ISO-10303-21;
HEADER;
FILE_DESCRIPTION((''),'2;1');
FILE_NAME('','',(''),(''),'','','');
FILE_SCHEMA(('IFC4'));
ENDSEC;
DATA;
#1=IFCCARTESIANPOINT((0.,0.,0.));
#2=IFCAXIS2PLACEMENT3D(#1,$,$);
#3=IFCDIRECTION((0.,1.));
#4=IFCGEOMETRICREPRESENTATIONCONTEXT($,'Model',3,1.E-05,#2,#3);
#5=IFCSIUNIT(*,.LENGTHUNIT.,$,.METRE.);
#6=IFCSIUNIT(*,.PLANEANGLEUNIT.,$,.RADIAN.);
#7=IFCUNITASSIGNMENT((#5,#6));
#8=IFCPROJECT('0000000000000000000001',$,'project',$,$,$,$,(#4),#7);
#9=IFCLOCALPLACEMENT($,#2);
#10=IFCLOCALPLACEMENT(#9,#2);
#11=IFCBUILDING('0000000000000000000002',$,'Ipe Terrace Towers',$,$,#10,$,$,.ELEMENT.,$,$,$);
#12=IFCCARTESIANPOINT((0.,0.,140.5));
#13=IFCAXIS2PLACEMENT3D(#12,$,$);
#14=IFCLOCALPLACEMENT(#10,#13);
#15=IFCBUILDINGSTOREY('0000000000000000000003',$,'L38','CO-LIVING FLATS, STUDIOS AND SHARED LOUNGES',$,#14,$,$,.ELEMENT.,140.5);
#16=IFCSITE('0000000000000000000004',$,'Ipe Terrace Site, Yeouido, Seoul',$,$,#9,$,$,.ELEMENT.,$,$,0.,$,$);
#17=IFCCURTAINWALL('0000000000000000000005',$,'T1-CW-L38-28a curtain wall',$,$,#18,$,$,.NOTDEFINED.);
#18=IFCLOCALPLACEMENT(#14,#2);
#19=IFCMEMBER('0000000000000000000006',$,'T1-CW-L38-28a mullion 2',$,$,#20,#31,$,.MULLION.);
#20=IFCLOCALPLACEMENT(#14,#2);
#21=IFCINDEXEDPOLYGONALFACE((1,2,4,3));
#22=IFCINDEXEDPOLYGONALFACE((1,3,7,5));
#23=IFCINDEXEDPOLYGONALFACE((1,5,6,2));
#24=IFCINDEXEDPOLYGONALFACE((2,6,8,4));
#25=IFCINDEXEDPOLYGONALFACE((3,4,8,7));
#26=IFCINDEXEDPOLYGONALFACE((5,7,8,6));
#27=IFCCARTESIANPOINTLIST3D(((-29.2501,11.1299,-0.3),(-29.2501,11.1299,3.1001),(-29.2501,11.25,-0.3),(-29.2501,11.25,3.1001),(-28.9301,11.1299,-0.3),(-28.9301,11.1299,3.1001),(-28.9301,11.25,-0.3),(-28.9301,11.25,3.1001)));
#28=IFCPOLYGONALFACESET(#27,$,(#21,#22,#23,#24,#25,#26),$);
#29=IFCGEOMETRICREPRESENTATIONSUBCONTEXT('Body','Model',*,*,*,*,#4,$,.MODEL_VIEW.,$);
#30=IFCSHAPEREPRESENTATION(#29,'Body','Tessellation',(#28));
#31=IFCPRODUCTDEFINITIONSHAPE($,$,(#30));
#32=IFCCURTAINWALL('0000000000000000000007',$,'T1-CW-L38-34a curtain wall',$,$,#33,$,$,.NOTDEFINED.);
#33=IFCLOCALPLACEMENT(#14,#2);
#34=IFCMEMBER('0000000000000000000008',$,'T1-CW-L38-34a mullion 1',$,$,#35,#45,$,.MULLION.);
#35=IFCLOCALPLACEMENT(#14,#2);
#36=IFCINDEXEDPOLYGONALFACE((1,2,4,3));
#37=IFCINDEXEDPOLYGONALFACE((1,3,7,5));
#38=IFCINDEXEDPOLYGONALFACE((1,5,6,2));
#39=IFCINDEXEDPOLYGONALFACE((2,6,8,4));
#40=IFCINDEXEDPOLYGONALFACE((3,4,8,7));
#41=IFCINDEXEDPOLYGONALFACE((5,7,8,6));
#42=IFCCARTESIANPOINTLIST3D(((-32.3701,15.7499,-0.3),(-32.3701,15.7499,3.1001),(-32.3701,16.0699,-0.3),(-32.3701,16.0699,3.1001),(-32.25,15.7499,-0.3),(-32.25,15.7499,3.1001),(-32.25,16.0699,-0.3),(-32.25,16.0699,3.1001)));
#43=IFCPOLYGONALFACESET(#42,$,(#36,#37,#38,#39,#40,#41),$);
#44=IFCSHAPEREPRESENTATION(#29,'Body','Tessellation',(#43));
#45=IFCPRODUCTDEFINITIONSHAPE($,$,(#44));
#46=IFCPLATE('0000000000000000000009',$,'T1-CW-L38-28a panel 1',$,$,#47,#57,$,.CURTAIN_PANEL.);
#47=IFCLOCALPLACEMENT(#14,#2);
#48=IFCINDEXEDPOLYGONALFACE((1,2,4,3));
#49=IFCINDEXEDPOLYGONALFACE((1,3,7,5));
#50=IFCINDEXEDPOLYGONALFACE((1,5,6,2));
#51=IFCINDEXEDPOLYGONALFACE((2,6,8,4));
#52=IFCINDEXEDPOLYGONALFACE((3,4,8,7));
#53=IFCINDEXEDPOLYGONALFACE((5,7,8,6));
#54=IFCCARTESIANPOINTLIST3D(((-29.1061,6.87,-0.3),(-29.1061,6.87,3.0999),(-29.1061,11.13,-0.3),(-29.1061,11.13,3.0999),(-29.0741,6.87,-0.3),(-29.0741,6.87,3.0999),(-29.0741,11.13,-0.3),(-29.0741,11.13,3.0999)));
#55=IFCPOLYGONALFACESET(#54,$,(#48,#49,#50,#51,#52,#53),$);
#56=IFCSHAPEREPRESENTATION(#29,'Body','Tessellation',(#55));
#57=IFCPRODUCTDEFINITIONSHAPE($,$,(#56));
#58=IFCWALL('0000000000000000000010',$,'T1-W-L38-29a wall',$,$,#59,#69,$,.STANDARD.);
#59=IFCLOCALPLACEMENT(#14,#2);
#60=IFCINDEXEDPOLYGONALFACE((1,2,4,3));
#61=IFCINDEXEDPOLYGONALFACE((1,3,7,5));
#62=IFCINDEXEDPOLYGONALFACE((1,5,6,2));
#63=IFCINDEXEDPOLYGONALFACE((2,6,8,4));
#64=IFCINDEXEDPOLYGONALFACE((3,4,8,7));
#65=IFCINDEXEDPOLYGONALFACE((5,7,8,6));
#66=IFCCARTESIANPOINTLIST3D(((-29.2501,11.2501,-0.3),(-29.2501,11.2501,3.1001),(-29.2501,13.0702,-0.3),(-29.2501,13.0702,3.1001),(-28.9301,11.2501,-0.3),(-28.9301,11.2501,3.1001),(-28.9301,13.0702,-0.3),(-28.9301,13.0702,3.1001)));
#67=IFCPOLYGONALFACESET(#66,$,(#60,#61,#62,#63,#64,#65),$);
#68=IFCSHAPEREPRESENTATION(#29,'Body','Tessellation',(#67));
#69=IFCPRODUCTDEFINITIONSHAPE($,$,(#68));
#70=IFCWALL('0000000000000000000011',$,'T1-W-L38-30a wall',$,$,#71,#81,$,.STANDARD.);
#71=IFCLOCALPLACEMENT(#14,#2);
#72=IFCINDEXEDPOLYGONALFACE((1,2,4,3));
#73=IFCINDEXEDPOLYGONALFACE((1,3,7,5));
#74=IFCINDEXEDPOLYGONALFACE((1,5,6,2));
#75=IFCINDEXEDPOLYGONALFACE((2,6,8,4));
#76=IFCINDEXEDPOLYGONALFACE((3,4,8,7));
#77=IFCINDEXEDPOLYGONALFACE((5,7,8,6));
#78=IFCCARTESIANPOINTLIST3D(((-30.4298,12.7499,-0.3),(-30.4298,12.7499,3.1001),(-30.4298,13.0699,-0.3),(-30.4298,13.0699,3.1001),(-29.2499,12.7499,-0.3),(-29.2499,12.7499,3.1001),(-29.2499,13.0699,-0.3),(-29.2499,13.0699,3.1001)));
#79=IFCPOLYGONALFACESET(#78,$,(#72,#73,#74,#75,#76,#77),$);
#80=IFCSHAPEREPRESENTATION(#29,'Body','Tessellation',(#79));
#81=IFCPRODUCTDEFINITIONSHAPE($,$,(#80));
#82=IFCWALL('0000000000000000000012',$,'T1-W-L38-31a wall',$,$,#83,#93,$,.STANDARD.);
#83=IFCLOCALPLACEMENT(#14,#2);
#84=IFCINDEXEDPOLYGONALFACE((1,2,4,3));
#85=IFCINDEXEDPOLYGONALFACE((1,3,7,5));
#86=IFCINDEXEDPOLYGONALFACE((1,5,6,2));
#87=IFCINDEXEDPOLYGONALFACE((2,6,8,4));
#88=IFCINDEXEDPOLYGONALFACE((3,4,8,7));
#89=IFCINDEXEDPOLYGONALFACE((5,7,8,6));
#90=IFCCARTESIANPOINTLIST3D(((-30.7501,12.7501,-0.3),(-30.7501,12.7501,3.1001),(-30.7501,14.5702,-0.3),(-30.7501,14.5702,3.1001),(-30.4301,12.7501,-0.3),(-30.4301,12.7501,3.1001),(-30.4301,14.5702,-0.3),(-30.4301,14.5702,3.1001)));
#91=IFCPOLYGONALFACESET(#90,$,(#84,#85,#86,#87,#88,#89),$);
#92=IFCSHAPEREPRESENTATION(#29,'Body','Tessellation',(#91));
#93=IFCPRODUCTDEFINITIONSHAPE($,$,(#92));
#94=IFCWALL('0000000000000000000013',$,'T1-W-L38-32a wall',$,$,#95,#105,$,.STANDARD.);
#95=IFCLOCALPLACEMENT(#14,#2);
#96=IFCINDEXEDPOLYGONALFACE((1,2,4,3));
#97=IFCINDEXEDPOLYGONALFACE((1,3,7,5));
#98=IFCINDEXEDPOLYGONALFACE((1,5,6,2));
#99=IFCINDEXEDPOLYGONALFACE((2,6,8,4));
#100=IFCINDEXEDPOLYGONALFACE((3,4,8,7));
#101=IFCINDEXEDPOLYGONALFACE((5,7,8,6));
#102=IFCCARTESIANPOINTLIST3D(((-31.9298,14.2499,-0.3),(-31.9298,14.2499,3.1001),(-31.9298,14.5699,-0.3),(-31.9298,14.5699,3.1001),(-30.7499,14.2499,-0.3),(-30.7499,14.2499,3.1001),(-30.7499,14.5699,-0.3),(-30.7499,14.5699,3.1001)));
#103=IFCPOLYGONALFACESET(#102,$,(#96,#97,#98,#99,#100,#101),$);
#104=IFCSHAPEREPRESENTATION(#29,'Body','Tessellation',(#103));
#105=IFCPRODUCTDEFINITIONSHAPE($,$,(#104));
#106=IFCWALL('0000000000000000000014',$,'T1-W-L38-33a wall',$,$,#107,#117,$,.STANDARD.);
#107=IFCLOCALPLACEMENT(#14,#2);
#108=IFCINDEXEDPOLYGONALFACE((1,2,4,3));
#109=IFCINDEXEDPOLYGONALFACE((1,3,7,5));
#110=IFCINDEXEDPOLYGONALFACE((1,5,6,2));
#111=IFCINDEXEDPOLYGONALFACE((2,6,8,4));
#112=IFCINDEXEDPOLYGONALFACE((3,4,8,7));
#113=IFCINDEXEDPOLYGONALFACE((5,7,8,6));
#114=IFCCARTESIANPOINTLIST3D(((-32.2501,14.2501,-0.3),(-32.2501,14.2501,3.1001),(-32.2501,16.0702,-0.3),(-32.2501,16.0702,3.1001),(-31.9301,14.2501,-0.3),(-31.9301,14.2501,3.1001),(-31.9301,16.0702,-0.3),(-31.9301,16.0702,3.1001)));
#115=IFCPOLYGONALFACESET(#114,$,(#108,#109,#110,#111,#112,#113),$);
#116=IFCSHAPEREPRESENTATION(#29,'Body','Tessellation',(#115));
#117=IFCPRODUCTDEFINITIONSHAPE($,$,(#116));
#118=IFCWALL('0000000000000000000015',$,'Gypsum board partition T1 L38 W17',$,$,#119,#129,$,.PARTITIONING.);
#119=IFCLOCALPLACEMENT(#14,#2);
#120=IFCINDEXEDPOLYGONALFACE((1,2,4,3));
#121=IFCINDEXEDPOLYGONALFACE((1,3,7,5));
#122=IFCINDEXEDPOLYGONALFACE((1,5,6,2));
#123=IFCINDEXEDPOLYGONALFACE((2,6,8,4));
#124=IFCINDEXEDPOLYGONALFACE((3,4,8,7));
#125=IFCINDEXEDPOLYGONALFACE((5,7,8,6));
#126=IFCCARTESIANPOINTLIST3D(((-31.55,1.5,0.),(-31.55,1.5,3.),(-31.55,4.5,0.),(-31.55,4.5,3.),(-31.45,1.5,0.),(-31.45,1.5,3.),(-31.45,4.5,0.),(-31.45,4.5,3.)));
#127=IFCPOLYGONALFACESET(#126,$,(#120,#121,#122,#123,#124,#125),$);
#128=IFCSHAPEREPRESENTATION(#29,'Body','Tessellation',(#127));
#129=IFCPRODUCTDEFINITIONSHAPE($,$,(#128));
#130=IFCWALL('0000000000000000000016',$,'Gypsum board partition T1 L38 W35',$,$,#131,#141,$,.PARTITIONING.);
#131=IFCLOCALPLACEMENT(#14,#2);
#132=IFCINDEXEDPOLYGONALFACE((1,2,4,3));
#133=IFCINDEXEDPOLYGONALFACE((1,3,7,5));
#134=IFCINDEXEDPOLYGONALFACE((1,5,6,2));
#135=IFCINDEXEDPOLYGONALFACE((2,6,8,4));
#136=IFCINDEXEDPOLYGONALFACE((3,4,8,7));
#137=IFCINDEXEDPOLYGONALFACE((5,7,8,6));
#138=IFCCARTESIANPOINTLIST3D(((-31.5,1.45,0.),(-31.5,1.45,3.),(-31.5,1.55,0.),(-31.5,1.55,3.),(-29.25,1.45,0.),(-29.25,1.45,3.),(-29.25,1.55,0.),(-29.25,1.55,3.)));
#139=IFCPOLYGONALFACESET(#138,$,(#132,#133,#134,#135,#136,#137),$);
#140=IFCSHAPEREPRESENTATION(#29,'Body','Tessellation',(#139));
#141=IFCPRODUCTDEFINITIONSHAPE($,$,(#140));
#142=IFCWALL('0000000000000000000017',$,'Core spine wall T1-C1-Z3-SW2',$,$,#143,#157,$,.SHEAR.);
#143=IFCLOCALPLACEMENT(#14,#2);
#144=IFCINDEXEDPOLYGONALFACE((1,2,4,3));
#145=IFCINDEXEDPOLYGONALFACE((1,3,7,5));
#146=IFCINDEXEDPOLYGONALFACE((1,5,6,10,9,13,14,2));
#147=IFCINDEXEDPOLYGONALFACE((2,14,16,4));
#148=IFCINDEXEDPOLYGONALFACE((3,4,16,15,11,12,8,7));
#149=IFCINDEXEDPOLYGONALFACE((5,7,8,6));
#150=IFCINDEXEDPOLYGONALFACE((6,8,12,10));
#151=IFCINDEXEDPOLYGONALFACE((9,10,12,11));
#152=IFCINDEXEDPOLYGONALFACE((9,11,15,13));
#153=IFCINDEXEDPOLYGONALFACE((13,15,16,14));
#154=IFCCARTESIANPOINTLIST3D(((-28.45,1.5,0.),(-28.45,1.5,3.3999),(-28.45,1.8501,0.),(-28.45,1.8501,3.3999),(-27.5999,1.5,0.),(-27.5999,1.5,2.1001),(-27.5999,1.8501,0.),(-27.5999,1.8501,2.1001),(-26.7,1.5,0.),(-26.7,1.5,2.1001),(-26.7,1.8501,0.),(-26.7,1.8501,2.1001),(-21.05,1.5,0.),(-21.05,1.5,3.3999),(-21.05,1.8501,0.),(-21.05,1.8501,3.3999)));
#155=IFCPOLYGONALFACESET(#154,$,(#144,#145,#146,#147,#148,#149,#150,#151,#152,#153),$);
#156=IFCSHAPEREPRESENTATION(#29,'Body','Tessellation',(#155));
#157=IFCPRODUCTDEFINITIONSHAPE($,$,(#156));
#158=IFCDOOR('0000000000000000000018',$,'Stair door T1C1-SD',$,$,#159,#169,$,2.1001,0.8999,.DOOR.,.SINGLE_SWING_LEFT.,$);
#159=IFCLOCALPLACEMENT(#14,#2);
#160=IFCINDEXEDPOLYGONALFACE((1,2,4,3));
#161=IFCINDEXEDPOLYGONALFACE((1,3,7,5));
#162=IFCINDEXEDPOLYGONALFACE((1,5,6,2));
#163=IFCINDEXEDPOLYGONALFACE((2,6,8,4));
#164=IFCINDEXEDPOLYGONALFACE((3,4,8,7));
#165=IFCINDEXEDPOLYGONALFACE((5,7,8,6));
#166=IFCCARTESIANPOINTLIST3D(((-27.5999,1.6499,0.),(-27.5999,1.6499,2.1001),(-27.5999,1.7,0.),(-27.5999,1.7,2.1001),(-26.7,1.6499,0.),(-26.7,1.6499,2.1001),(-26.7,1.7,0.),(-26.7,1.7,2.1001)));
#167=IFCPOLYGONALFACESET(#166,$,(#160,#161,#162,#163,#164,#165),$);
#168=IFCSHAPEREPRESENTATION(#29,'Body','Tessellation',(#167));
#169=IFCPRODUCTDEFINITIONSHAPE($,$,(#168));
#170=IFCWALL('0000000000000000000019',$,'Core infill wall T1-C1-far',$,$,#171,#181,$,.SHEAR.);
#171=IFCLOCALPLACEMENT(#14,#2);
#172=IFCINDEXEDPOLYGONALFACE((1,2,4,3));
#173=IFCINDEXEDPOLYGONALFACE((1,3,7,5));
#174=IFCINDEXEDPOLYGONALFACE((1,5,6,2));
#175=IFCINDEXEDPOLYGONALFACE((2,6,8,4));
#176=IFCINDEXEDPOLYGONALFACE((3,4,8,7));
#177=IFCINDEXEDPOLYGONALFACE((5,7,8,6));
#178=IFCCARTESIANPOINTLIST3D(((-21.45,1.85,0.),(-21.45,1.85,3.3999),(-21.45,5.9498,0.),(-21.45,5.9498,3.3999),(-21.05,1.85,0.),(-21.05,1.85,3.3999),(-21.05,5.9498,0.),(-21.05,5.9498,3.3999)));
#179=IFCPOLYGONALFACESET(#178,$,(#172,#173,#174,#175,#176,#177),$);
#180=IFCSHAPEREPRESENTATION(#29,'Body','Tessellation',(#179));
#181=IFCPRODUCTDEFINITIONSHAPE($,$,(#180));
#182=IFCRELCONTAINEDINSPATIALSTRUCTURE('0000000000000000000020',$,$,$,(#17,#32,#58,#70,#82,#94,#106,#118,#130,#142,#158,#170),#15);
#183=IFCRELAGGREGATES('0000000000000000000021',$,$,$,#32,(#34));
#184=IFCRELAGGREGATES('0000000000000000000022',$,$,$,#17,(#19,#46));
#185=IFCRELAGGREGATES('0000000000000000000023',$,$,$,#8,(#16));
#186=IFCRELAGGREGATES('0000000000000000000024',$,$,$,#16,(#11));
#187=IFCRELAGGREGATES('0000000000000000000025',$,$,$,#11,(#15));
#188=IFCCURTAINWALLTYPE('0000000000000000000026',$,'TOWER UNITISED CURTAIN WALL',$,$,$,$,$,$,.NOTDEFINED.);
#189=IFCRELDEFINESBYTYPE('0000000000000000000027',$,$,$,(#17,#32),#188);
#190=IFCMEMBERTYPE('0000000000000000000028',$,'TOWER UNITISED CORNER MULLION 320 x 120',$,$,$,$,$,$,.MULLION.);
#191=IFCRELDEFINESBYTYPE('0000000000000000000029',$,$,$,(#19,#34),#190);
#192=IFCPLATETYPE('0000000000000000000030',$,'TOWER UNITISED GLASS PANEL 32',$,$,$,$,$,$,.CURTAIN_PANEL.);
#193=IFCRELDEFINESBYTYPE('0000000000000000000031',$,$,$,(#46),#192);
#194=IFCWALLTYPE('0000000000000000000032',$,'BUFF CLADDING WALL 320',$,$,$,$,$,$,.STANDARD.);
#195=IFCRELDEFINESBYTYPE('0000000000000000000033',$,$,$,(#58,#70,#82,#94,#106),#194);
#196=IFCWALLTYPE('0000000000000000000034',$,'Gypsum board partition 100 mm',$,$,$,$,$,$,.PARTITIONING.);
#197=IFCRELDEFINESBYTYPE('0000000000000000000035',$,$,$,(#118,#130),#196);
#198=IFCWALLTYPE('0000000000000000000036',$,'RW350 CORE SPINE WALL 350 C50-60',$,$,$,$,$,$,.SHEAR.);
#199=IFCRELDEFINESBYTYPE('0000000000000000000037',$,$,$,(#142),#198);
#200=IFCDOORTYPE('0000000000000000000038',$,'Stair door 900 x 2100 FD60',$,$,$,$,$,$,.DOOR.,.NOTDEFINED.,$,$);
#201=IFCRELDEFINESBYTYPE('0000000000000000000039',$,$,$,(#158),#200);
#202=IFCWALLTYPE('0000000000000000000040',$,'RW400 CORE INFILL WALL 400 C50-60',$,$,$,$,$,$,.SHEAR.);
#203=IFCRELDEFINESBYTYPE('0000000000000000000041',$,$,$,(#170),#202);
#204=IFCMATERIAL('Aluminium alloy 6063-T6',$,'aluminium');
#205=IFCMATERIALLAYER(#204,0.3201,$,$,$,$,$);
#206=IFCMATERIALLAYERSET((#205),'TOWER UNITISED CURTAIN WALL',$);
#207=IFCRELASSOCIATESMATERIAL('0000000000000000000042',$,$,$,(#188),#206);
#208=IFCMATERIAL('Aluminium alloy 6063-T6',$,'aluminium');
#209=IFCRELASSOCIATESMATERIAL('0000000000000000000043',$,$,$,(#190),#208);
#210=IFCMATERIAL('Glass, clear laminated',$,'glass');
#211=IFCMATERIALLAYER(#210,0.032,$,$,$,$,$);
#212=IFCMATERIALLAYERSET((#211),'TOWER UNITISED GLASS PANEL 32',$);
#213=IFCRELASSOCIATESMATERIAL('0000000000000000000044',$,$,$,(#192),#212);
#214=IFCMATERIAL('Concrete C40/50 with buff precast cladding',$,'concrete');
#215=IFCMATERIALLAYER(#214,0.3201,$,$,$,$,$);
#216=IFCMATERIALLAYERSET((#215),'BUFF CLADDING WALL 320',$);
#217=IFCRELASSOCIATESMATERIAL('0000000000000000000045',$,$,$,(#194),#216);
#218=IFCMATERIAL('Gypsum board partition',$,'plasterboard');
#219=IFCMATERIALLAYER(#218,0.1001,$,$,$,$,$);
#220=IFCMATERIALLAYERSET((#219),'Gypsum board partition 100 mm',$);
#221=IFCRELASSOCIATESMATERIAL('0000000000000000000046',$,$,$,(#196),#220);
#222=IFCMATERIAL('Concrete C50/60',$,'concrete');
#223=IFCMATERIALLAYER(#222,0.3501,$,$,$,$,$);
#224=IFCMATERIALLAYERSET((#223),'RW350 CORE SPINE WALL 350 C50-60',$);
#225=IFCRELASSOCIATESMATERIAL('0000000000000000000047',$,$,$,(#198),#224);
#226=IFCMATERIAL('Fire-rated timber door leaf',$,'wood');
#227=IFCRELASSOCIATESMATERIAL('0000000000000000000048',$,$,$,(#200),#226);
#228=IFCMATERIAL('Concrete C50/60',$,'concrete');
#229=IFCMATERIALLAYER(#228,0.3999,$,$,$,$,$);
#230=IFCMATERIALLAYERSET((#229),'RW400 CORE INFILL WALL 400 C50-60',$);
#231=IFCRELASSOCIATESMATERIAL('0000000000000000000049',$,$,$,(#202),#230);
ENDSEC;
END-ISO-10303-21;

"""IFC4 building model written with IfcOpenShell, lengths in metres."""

from ifc_helpers import new_model, si_unit, direction, frame, frame_2d, origin, origin_2d, place, context, subcontext, project, spatial, rectangle, extrude, material, layer, layer_set, material_profile, profile_set, type_object, element, fill, aggregate, save


model = new_model("IFC4")

# Units and contexts
model_context = context("Model", 3, precision=1e-05, world=origin(), true_north=direction((0.0, 1.0)))
body_context = subcontext(model_context, "Body", "Model", "MODEL_VIEW")
ifc_project = project(units=[si_unit("LENGTHUNIT", "METRE"), si_unit("PLANEANGLEUNIT", "RADIAN")], contexts=[model_context])

# Site, building, storey
site_placement = place(None, origin())
site = spatial("IfcSite", under=ifc_project, at=site_placement, Name="Ipe Terrace Site, Yeouido, Seoul", CompositionType="ELEMENT", RefElevation=0.0)
building_placement = place(site_placement, origin())
building = spatial("IfcBuilding", under=site, at=building_placement, Name="Ipe Terrace Towers", CompositionType="ELEMENT")
storey_placement = place(building_placement, frame((0.0, 0.0, 140.5)))
storey = spatial("IfcBuildingStorey", under=building, at=storey_placement, Name="L38", Description="CO-LIVING FLATS, STUDIOS AND SHARED LOUNGES", CompositionType="ELEMENT", Elevation=140.5)

# Curtain wall, member
ifc_material_1 = material(Name="Aluminium alloy 6063-T6", Category="aluminium")
ifc_layer_1 = layer(ifc_material_1, 0.3201)
ifc_layer_set_1 = layer_set([ifc_layer_1], Name="TOWER UNITISED CURTAIN WALL")
curtain_wall_type = type_object("IfcCurtainWallType", Name="TOWER UNITISED CURTAIN WALL", PredefinedType="NOTDEFINED", material=ifc_layer_set_1)
curtain_wall_1_placement = place(storey_placement, origin())
curtain_wall_1 = element("IfcCurtainWall", 1, at=curtain_wall_1_placement, inside=storey, type_object=curtain_wall_type, Name="T1-CW-L38-28a curtain wall", PredefinedType="NOTDEFINED")
ifc_material_2 = material(Name="Aluminium alloy 6063-T6", Category="aluminium")
ifc_material_profile_1 = material_profile(ifc_material_2, rectangle(XDim=0.3201, YDim=0.1201, at=origin_2d()), Name="TOWER UNITISED CORNER MULLION 320 x 120")
ifc_profile_set_1 = profile_set([ifc_material_profile_1], Name="Aluminium alloy 6063-T6")
member_type = type_object("IfcMemberType", Name="TOWER UNITISED CORNER MULLION 320 x 120", PredefinedType="MULLION", material=ifc_profile_set_1)
member_1_placement = place(storey_placement, frame((-29.0901, 11.1899, -0.3), z_axis=(0.0, 0.0, 1.0), x_axis=(1.0, 0.0, 0.0)))
member_1 = element("IfcMember", 2, at=member_1_placement, type_object=member_type, Name="T1-CW-L38-28a mullion 2", PredefinedType="MULLION", context=body_context, shape_type="SweptSolid", body=[
    extrude(rectangle(XDim=0.3201, YDim=0.1201, at=origin_2d()), origin(), (0.0, 0.0, 1.0), 3.4001),
])

# Curtain wall, member
curtain_wall_2_placement = place(storey_placement, origin())
curtain_wall_2 = element("IfcCurtainWall", 3, at=curtain_wall_2_placement, inside=storey, type_object=curtain_wall_type, Name="T1-CW-L38-34a curtain wall", PredefinedType="NOTDEFINED")
member_2_placement = place(storey_placement, frame((-32.3101, 15.9099, -0.3), z_axis=(0.0, 0.0, 1.0), x_axis=(0.0, 1.0, 0.0)))
member_2 = element("IfcMember", 4, at=member_2_placement, type_object=member_type, Name="T1-CW-L38-34a mullion 1", PredefinedType="MULLION", context=body_context, shape_type="SweptSolid", body=[
    extrude(rectangle(XDim=0.3201, YDim=0.1201, at=origin_2d()), origin(), (0.0, 0.0, 1.0), 3.4001),
])
aggregate(curtain_wall_2, [member_2])

# Plate
ifc_material_3 = material(Name="Glass, clear laminated", Category="glass")
ifc_layer_2 = layer(ifc_material_3, 0.032)
ifc_layer_set_2 = layer_set([ifc_layer_2], Name="TOWER UNITISED GLASS PANEL 32")
plate_type = type_object("IfcPlateType", Name="TOWER UNITISED GLASS PANEL 32", PredefinedType="CURTAIN_PANEL", material=ifc_layer_set_2)
plate_placement = place(storey_placement, frame((-29.0901, 9.0, -0.3), z_axis=(0.0, 0.0, 1.0), x_axis=(0.0, 1.0, 0.0)))
plate = element("IfcPlate", 5, at=plate_placement, type_object=plate_type, Name="T1-CW-L38-28a panel 1", PredefinedType="CURTAIN_PANEL", context=body_context, shape_type="SweptSolid", body=[
    extrude(rectangle(XDim=4.26, YDim=0.032, at=origin_2d()), origin(), (0.0, 0.0, 1.0), 3.3999),
])
aggregate(curtain_wall_1, [member_1, plate])

# Walls
ifc_material_4 = material(Name="Concrete C40/50 with buff precast cladding", Category="concrete")
ifc_layer_3 = layer(ifc_material_4, 0.3201)
ifc_layer_set_3 = layer_set([ifc_layer_3], Name="BUFF CLADDING WALL 320")
wall_type_1 = type_object("IfcWallType", Name="BUFF CLADDING WALL 320", PredefinedType="STANDARD", material=ifc_layer_set_3)
wall_1_placement = place(storey_placement, frame((-29.0901, 11.25, -0.3), z_axis=(0.0, 0.0, 1.0), x_axis=(0.0, 1.0, 0.0)))
element("IfcWall", 6, at=wall_1_placement, inside=storey, type_object=wall_type_1, Name="T1-W-L38-29a wall", PredefinedType="STANDARD", context=body_context, shape_type="SweptSolid", body=[
    extrude(rectangle(XDim=1.8201, YDim=0.3201, at=frame_2d((0.9102, 0.0))), origin(), (0.0, 0.0, 1.0), 3.4001),
])
wall_2_placement = place(storey_placement, frame((-29.25, 12.9099, -0.3), z_axis=(0.0, 0.0, 1.0), x_axis=(-1.0, 0.0, 0.0)))
element("IfcWall", 7, at=wall_2_placement, inside=storey, type_object=wall_type_1, Name="T1-W-L38-30a wall", PredefinedType="STANDARD", context=body_context, shape_type="SweptSolid", body=[
    extrude(rectangle(XDim=1.1799, YDim=0.3201, at=frame_2d((0.5898, 0.0))), origin(), (0.0, 0.0, 1.0), 3.4001),
])
wall_3_placement = place(storey_placement, frame((-30.5901, 12.75, -0.3), z_axis=(0.0, 0.0, 1.0), x_axis=(0.0, 1.0, 0.0)))
element("IfcWall", 8, at=wall_3_placement, inside=storey, type_object=wall_type_1, Name="T1-W-L38-31a wall", PredefinedType="STANDARD", context=body_context, shape_type="SweptSolid", body=[
    extrude(rectangle(XDim=1.8201, YDim=0.3201, at=frame_2d((0.9102, 0.0))), origin(), (0.0, 0.0, 1.0), 3.4001),
])
wall_4_placement = place(storey_placement, frame((-30.75, 14.4099, -0.3), z_axis=(0.0, 0.0, 1.0), x_axis=(-1.0, 0.0, 0.0)))
element("IfcWall", 9, at=wall_4_placement, inside=storey, type_object=wall_type_1, Name="T1-W-L38-32a wall", PredefinedType="STANDARD", context=body_context, shape_type="SweptSolid", body=[
    extrude(rectangle(XDim=1.1799, YDim=0.3201, at=frame_2d((0.5898, 0.0))), origin(), (0.0, 0.0, 1.0), 3.4001),
])
wall_5_placement = place(storey_placement, frame((-32.0901, 14.25, -0.3), z_axis=(0.0, 0.0, 1.0), x_axis=(0.0, 1.0, 0.0)))
element("IfcWall", 10, at=wall_5_placement, inside=storey, type_object=wall_type_1, Name="T1-W-L38-33a wall", PredefinedType="STANDARD", context=body_context, shape_type="SweptSolid", body=[
    extrude(rectangle(XDim=1.8201, YDim=0.3201, at=frame_2d((0.9102, 0.0))), origin(), (0.0, 0.0, 1.0), 3.4001),
])
ifc_material_5 = material(Name="Gypsum board partition", Category="plasterboard")
ifc_layer_4 = layer(ifc_material_5, 0.1001)
ifc_layer_set_4 = layer_set([ifc_layer_4], Name="Gypsum board partition 100 mm")
wall_type_2 = type_object("IfcWallType", Name="Gypsum board partition 100 mm", PredefinedType="PARTITIONING", material=ifc_layer_set_4)
wall_6_placement = place(storey_placement, frame((-31.5, 1.5, 0.0), z_axis=(0.0, 0.0, 1.0), x_axis=(0.0, 1.0, 0.0)))
element("IfcWall", 11, at=wall_6_placement, inside=storey, type_object=wall_type_2, Name="Gypsum board partition T1 L38 W17", PredefinedType="PARTITIONING", context=body_context, shape_type="SweptSolid", body=[
    extrude(rectangle(XDim=3.0, YDim=0.1001, at=frame_2d((1.5, 0.0))), origin(), (0.0, 0.0, 1.0), 3.0),
])
wall_7_placement = place(storey_placement, frame((-31.5, 1.5, 0.0), z_axis=(0.0, 0.0, 1.0), x_axis=(1.0, 0.0, 0.0)))
element("IfcWall", 12, at=wall_7_placement, inside=storey, type_object=wall_type_2, Name="Gypsum board partition T1 L38 W35", PredefinedType="PARTITIONING", context=body_context, shape_type="SweptSolid", body=[
    extrude(rectangle(XDim=2.25, YDim=0.1001, at=frame_2d((1.125, 0.0))), origin(), (0.0, 0.0, 1.0), 3.0),
])

# Wall, opening, door
ifc_material_6 = material(Name="Concrete C50/60", Category="concrete")
ifc_layer_5 = layer(ifc_material_6, 0.3501)
ifc_layer_set_5 = layer_set([ifc_layer_5], Name="RW350 CORE SPINE WALL 350 C50-60")
wall_type_3 = type_object("IfcWallType", Name="RW350 CORE SPINE WALL 350 C50-60", PredefinedType="SHEAR", material=ifc_layer_set_5)
wall_8_placement = place(storey_placement, frame((-28.45, 1.675, 0.0), z_axis=(0.0, 0.0, 1.0), x_axis=(1.0, 0.0, 0.0)))
wall_8 = element("IfcWall", 13, at=wall_8_placement, inside=storey, type_object=wall_type_3, Name="Core spine wall T1-C1-Z3-SW2", PredefinedType="SHEAR", context=body_context, shape_type="SweptSolid", body=[
    extrude(rectangle(XDim=7.3999, YDim=0.3501, at=frame_2d((3.7, 0.0))), origin(), (0.0, 0.0, 1.0), 3.3999),
])
opening_1_placement = place(wall_8_placement, frame((0.8501, 0.0, 0.0)))
opening_1 = element("IfcOpeningElement", 14, at=opening_1_placement, cuts=wall_8, PredefinedType="OPENING", context=body_context, shape_type="SweptSolid", body=[
    extrude(rectangle(XDim=0.8999, YDim=2.1001, at=frame_2d((0.45, 1.05))), frame((0.0, 0.1851, 0.0), z_axis=(0.0, -1.0, 0.0), x_axis=(1.0, 0.0, 0.0)), (0.0, 0.0, 1.0), 0.3701),
])
ifc_material_7 = material(Name="Fire-rated timber door leaf", Category="wood")
door_type_1 = type_object("IfcDoorType", Name="Stair door 900 x 2100 FD60", OperationType="NOTDEFINED", PredefinedType="DOOR", material=ifc_material_7)
door_1_placement = place(opening_1_placement, origin())
door_1 = element("IfcDoor", 15, at=door_1_placement, inside=storey, type_object=door_type_1, Name="Stair door T1C1-SD", OperationType="SINGLE_SWING_LEFT", OverallHeight=2.1001, OverallWidth=0.8999, PredefinedType="DOOR", context=body_context, shape_type="SweptSolid", body=[
    extrude(rectangle(XDim=0.8999, YDim=2.1001, at=frame_2d((0.45, 1.05))), frame((0.0, 0.0249, 0.0), z_axis=(0.0, -1.0, 0.0), x_axis=(1.0, 0.0, 0.0)), (0.0, 0.0, 1.0), 0.05),
])
fill(opening_1, door_1)

# Wall
ifc_material_8 = material(Name="Concrete C50/60", Category="concrete")
ifc_layer_6 = layer(ifc_material_8, 0.3999)
ifc_layer_set_6 = layer_set([ifc_layer_6], Name="RW400 CORE INFILL WALL 400 C50-60")
wall_type_4 = type_object("IfcWallType", Name="RW400 CORE INFILL WALL 400 C50-60", PredefinedType="SHEAR", material=ifc_layer_set_6)
wall_9_placement = place(storey_placement, frame((-21.25, 1.8501, 0.0), z_axis=(0.0, 0.0, 1.0), x_axis=(0.0, 1.0, 0.0)))
element("IfcWall", 16, at=wall_9_placement, inside=storey, type_object=wall_type_4, Name="Core infill wall T1-C1-far", PredefinedType="SHEAR", context=body_context, shape_type="SweptSolid", body=[
    extrude(rectangle(XDim=4.0999, YDim=0.3999, at=frame_2d((2.0498, 0.0))), origin(), (0.0, 0.0, 1.0), 3.3999),
])

save(model, "model.ifc")
